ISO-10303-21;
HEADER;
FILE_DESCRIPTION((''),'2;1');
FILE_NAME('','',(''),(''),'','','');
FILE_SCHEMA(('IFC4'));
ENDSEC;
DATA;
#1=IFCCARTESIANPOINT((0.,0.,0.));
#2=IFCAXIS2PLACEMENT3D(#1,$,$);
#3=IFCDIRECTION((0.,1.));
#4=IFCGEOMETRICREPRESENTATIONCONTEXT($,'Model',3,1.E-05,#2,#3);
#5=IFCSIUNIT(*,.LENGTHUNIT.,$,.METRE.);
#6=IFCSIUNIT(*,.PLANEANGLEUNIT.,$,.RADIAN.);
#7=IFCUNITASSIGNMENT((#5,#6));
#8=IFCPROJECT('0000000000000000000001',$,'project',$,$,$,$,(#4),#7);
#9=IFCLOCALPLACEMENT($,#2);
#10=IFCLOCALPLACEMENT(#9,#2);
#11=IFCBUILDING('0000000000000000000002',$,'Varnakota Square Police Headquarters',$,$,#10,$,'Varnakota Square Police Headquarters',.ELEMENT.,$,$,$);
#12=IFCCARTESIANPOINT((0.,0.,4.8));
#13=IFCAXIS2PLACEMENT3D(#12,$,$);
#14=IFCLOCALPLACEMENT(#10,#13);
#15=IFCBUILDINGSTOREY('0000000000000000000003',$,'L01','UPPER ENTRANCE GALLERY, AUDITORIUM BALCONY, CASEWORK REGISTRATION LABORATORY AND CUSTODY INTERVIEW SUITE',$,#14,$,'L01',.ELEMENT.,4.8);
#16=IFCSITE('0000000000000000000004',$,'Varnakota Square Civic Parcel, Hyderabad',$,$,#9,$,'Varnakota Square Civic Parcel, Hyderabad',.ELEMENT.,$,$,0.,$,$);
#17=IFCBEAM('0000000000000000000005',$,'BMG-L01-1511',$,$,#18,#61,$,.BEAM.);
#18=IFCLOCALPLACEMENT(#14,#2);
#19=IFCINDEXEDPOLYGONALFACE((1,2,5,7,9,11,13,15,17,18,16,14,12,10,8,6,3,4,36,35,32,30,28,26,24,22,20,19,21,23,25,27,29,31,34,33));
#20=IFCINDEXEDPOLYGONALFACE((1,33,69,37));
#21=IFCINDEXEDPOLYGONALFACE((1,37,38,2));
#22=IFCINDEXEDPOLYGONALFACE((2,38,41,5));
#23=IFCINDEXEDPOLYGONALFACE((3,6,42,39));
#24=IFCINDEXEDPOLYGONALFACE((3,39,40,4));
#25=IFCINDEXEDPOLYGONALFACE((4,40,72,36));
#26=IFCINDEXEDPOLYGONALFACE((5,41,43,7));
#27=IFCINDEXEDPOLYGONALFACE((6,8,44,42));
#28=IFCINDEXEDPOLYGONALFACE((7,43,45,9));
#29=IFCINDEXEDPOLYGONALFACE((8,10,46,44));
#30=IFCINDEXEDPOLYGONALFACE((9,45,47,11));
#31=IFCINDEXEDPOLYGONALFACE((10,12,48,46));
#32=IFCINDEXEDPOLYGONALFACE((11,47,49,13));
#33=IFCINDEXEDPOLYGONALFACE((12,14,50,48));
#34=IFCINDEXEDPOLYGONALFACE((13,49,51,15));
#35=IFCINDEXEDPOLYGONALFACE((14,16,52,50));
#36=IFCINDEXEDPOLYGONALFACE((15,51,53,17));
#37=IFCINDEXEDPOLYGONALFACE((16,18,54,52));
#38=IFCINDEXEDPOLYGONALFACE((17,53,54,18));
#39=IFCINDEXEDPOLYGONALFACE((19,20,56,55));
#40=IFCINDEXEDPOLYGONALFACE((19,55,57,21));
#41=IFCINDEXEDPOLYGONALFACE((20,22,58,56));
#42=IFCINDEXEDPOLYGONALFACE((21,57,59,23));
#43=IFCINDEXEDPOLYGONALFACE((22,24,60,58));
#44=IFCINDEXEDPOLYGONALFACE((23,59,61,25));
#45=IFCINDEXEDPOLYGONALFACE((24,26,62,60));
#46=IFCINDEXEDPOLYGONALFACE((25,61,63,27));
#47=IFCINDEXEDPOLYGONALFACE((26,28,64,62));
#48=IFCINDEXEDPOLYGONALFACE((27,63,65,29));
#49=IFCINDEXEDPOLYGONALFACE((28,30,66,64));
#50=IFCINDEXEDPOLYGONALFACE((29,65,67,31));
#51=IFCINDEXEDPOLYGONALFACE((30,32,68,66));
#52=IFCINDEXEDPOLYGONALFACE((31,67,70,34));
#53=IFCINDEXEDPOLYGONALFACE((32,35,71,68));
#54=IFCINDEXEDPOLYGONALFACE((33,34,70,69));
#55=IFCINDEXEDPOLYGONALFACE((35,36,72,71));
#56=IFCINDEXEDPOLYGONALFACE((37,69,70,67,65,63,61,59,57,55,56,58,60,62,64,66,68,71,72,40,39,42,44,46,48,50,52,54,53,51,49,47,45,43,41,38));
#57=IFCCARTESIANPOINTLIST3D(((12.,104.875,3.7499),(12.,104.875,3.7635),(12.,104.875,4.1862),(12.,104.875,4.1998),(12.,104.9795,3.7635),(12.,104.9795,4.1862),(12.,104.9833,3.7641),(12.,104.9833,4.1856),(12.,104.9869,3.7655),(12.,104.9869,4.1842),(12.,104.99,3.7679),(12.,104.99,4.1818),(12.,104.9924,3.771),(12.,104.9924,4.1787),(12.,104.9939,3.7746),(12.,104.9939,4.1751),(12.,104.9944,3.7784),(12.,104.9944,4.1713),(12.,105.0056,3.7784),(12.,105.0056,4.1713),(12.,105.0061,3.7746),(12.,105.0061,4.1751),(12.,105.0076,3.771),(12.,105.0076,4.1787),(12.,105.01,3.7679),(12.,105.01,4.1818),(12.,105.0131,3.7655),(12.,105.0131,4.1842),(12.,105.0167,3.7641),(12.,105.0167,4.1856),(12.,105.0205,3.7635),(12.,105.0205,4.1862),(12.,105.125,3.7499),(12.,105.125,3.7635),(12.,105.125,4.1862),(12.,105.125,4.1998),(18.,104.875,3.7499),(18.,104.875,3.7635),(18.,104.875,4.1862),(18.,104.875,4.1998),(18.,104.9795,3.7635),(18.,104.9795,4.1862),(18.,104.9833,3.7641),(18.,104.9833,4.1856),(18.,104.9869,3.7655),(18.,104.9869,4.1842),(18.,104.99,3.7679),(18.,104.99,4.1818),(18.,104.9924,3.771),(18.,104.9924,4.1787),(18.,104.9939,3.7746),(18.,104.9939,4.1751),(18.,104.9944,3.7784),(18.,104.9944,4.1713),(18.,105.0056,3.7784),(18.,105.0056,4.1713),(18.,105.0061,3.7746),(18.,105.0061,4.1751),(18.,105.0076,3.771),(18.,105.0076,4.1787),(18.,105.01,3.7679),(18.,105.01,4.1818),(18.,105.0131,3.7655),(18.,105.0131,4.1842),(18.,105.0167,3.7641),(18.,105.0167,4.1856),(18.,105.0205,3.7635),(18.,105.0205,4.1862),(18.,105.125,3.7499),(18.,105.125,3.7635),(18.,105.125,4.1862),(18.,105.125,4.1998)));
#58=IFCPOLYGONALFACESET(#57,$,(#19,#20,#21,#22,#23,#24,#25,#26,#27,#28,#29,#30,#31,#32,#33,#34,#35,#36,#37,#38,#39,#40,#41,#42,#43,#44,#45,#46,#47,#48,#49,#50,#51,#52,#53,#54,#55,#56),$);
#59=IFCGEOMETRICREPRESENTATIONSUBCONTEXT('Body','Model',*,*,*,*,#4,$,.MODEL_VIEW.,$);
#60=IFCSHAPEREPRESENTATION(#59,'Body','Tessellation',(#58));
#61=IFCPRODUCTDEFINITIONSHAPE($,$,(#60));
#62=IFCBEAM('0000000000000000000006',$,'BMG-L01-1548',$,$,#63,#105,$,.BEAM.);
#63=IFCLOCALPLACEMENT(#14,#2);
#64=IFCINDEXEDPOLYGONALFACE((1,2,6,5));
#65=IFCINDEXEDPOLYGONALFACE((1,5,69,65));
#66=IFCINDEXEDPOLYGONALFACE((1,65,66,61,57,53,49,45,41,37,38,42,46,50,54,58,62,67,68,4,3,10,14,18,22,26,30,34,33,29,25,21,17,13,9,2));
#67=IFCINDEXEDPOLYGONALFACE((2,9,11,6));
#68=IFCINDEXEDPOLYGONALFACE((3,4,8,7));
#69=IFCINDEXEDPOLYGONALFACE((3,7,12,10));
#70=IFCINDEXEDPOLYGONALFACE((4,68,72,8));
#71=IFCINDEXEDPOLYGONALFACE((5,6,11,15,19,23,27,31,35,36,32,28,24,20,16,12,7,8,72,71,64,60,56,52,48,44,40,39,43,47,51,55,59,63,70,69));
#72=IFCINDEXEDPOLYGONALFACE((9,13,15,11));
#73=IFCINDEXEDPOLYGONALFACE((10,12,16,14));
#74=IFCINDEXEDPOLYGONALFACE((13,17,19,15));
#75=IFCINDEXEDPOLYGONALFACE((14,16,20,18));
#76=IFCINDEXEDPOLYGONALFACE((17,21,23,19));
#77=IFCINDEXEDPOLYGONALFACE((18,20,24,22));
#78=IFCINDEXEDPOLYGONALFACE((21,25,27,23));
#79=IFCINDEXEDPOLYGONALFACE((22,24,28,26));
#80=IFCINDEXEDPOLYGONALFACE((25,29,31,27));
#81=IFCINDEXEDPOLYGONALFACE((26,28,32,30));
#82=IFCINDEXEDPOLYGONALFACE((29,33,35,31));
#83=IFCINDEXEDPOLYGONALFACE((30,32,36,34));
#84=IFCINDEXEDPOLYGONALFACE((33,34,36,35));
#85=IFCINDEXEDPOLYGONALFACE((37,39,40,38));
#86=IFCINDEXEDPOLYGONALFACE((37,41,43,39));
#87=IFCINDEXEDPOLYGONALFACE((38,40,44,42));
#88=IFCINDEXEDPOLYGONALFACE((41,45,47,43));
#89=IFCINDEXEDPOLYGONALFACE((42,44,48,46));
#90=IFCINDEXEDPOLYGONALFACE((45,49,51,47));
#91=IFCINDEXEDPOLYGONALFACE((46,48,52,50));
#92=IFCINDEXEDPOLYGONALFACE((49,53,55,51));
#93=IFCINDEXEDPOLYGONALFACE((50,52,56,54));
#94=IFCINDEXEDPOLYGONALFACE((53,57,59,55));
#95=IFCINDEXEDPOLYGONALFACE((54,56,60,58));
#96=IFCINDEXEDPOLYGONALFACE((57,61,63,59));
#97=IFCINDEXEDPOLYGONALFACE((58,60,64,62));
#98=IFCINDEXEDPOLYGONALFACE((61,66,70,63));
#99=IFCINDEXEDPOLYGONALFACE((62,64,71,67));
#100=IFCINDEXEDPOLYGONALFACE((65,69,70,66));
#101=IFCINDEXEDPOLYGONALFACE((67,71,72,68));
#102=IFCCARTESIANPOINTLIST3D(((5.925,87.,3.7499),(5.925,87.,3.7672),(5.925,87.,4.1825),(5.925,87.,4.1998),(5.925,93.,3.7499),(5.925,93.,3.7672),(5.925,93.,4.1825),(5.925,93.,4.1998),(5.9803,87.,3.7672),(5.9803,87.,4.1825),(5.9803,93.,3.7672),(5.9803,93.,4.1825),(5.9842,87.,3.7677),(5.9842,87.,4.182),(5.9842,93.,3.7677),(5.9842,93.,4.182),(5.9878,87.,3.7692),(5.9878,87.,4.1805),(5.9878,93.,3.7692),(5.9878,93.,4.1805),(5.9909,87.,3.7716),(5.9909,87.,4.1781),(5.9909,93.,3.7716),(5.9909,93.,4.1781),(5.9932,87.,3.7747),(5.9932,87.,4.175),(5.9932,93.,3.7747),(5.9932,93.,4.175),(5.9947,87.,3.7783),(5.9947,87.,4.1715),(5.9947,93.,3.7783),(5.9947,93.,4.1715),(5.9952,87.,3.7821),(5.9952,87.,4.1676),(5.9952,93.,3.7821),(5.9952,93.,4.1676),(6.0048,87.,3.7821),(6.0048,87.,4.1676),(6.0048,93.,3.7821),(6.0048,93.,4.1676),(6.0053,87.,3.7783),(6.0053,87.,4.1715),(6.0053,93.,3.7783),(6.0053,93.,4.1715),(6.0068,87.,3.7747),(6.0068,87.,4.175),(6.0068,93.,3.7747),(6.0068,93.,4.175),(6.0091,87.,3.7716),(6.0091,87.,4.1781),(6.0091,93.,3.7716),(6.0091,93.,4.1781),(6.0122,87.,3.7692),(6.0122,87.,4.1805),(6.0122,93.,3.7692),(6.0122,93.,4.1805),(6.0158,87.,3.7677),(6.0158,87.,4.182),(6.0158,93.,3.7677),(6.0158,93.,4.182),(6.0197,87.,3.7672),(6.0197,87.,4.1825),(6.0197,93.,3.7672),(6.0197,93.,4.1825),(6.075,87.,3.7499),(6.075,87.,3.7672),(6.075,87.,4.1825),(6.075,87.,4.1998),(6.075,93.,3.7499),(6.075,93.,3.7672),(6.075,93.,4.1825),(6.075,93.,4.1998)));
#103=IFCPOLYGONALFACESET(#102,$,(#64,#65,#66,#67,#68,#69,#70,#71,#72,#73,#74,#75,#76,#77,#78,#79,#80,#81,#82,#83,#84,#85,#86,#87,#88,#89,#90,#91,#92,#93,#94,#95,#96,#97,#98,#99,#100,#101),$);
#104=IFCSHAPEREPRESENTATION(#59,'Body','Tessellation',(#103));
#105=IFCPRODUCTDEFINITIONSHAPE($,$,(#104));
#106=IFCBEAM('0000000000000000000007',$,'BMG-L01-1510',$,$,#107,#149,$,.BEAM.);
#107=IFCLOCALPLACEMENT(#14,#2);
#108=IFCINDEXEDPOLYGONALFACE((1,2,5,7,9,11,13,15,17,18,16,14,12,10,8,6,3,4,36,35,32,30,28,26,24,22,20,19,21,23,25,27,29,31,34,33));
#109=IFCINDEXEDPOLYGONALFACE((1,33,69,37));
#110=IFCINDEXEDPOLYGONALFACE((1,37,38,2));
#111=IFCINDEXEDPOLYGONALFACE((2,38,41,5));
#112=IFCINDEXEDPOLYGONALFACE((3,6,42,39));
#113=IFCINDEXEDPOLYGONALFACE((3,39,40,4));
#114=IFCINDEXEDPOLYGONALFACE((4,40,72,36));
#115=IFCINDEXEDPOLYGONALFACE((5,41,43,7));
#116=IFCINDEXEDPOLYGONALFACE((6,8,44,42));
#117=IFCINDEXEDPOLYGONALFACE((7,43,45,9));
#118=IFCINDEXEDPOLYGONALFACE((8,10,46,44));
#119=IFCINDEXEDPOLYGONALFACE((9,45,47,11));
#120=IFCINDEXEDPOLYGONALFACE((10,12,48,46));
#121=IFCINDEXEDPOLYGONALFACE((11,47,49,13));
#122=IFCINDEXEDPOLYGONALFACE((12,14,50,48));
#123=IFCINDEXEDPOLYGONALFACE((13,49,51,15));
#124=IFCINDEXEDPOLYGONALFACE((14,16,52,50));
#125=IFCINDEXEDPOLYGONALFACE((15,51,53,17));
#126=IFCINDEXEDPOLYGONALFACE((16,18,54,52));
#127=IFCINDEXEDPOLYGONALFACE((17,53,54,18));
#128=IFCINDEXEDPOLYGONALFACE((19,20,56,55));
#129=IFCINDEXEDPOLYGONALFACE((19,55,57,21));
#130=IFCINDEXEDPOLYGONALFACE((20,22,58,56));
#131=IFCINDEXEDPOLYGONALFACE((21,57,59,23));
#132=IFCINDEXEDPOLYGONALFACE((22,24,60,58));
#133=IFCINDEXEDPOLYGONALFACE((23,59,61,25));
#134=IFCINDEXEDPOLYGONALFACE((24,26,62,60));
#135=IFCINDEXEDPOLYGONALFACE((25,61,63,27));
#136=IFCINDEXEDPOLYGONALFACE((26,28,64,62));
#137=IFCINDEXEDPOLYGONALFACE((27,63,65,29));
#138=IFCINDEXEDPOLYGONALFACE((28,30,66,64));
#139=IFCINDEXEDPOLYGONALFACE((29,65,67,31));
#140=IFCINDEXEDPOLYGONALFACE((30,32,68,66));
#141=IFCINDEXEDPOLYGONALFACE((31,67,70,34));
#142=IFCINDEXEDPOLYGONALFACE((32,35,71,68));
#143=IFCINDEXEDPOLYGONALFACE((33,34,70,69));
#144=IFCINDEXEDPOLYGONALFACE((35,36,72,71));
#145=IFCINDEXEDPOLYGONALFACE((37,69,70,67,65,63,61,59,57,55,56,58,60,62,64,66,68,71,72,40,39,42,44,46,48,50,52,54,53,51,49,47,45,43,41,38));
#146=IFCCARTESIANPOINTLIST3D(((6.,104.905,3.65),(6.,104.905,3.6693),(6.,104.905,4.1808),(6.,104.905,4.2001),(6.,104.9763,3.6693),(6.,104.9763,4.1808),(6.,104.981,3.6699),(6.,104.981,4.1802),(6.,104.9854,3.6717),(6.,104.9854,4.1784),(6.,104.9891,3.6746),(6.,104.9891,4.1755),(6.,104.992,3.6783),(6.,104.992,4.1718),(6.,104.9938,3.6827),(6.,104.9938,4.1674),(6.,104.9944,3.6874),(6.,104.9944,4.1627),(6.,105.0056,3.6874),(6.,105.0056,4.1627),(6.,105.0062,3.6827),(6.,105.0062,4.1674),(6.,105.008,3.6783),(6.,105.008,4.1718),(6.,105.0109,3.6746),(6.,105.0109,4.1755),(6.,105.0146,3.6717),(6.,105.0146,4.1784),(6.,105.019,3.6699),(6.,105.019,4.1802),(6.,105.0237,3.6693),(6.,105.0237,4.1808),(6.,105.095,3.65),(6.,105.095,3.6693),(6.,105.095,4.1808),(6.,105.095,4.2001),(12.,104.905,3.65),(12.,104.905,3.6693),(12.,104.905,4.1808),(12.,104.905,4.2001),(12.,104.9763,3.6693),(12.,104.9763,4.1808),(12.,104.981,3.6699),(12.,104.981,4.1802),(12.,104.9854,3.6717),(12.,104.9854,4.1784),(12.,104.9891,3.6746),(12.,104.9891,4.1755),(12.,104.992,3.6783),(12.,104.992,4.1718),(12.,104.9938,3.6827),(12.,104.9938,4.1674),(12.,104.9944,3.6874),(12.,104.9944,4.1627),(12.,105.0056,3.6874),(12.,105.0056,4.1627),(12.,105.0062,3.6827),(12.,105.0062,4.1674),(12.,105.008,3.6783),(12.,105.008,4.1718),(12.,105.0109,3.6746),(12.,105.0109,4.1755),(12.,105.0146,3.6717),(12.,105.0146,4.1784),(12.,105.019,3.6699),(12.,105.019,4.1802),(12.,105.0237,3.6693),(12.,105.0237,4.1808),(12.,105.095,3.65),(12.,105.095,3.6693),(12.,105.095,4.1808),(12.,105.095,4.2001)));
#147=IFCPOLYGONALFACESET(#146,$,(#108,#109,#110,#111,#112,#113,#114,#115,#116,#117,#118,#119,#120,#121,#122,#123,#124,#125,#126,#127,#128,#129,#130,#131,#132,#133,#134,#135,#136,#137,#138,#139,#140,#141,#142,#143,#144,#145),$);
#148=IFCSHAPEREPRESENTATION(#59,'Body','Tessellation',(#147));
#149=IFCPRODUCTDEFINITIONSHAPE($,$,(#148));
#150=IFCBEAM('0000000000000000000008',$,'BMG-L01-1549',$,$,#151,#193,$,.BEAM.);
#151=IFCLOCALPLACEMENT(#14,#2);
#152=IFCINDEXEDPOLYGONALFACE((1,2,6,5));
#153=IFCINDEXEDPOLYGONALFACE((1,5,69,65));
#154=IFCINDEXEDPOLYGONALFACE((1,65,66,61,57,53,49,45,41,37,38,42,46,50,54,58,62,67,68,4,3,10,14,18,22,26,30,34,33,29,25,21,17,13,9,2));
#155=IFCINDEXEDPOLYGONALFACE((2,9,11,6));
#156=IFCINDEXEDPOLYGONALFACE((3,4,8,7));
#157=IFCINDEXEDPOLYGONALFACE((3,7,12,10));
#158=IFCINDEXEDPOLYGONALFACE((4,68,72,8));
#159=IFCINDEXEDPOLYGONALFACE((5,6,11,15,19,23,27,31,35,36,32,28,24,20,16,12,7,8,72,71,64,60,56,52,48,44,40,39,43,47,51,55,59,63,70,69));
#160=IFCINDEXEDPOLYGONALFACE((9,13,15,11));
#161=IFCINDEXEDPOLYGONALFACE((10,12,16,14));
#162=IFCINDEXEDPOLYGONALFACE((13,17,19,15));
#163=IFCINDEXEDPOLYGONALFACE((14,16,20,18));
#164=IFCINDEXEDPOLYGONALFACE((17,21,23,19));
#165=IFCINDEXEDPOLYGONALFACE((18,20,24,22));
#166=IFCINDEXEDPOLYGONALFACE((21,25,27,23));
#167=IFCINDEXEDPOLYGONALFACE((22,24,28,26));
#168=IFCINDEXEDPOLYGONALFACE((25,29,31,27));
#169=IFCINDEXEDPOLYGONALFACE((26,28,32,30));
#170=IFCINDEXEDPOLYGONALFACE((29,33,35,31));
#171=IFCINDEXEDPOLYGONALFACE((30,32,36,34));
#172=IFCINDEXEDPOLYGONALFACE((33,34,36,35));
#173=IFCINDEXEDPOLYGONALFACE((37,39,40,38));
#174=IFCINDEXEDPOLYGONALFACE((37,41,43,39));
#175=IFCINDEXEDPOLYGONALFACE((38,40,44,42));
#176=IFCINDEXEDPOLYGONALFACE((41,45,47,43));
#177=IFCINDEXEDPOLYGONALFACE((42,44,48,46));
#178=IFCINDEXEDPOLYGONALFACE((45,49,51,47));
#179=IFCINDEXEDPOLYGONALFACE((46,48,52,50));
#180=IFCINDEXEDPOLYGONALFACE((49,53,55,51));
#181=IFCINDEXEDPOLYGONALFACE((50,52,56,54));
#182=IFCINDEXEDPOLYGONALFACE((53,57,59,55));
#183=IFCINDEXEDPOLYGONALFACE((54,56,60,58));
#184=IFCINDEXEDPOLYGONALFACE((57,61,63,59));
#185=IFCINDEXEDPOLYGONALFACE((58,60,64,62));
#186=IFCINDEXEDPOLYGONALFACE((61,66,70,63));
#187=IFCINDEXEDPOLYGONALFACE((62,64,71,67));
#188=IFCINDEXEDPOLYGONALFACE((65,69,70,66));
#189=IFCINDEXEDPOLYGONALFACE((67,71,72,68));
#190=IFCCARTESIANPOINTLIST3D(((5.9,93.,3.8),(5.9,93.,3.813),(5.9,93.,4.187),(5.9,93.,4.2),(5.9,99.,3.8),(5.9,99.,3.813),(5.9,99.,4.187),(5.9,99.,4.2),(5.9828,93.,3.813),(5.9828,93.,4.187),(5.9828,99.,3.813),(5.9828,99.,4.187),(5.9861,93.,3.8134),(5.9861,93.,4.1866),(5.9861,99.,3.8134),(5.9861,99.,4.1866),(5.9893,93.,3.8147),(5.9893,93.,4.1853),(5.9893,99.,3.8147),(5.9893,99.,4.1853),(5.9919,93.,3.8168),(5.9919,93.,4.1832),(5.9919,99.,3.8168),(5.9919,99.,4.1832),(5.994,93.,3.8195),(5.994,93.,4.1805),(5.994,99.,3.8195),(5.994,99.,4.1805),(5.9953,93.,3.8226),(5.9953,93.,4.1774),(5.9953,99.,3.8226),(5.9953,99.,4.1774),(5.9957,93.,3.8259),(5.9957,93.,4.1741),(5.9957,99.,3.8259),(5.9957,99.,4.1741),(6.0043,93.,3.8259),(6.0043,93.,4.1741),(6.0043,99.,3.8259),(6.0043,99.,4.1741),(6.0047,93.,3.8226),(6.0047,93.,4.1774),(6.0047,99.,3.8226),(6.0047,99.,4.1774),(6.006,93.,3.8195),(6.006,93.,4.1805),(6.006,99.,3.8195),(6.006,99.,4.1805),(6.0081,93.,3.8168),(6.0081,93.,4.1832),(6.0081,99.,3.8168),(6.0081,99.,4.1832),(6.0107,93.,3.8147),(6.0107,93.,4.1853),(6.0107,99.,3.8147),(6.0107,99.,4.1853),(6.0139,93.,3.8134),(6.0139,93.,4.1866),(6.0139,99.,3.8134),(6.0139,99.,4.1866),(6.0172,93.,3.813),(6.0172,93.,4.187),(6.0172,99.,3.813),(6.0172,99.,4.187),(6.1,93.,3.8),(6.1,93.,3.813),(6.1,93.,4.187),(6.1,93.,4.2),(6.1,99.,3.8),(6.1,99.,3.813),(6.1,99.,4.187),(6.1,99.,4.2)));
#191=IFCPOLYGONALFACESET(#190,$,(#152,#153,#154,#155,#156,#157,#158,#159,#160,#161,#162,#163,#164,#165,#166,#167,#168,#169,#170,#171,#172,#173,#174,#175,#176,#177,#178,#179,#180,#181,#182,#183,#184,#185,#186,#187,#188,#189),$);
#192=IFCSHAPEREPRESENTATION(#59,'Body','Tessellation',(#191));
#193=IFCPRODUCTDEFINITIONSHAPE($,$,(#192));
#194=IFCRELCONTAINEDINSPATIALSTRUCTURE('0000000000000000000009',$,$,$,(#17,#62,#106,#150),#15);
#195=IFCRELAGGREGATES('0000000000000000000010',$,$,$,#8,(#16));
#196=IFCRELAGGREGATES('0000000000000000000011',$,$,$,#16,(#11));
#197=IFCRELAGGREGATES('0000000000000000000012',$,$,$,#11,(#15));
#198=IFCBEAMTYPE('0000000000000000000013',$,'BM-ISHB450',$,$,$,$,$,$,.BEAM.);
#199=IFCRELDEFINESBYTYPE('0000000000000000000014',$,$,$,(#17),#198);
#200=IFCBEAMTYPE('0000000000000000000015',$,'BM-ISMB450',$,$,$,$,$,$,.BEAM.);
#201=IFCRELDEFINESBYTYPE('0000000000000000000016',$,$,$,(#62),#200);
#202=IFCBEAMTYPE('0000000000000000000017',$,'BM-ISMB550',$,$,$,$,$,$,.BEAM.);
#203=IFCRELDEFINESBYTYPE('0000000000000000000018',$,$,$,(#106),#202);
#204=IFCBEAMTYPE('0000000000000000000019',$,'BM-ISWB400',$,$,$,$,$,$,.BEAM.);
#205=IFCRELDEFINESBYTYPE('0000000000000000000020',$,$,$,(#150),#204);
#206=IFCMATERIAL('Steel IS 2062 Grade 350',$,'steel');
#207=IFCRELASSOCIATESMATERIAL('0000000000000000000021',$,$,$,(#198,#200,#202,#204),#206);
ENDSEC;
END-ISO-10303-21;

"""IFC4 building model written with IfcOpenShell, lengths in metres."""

from ifc_helpers import new_model, si_unit, direction, frame, origin, origin_2d, place, context, subcontext, project, spatial, i_section, extrude, material, material_profile, profile_set, type_object, element, save


model = new_model("IFC4")

# Units and contexts
model_context = context("Model", 3, precision=1e-05, world=origin(), true_north=direction((0.0, 1.0)))
body_context = subcontext(model_context, "Body", "Model", "MODEL_VIEW")
ifc_project = project(units=[si_unit("LENGTHUNIT", "METRE"), si_unit("PLANEANGLEUNIT", "RADIAN")], contexts=[model_context])

# Site, building, storey
site_placement = place(None, origin())
site = spatial("IfcSite", under=ifc_project, at=site_placement, Name="Varnakota Square Civic Parcel, Hyderabad", LongName="Varnakota Square Civic Parcel, Hyderabad", CompositionType="ELEMENT", RefElevation=0.0)
building_placement = place(site_placement, origin())
building = spatial("IfcBuilding", under=site, at=building_placement, Name="Varnakota Square Police Headquarters", LongName="Varnakota Square Police Headquarters", CompositionType="ELEMENT")
storey_placement = place(building_placement, frame((0.0, 0.0, 4.8)))
storey = spatial("IfcBuildingStorey", under=building, at=storey_placement, Name="L01", Description="UPPER ENTRANCE GALLERY, AUDITORIUM BALCONY, CASEWORK REGISTRATION LABORATORY AND CUSTODY INTERVIEW SUITE", LongName="L01", CompositionType="ELEMENT", Elevation=4.8)

# Shared definitions
ifc_material_1 = material(Name="Steel IS 2062 Grade 350", Category="steel")

# Beams
ifc_material_profile_1 = material_profile(ifc_material_1, i_section(OverallWidth=0.25, OverallDepth=0.45, WebThickness=0.0112, FlangeThickness=0.0137, FilletRadius=0.0149, at=origin_2d()), Name="ISHB 450")
ifc_profile_set_1 = profile_set([ifc_material_profile_1], Name="Steel IS 2062 Grade 350")
beam_type_1 = type_object("IfcBeamType", Name="BM-ISHB450", PredefinedType="BEAM", material=ifc_profile_set_1)
beam_1_placement = place(storey_placement, frame((12.0, 105.0, 3.9749), z_axis=(1.0, 0.0, 0.0), x_axis=(0.0, 1.0, 0.0)))
element("IfcBeam", 1, at=beam_1_placement, inside=storey, type_object=beam_type_1, Name="BMG-L01-1511", PredefinedType="BEAM", context=body_context, shape_type="SweptSolid", body=[
    extrude(i_section(OverallWidth=0.25, OverallDepth=0.45, WebThickness=0.0112, FlangeThickness=0.0137, FilletRadius=0.0149, at=origin_2d()), origin(), (0.0, 0.0, 1.0), 6.0),
])
ifc_material_profile_2 = material_profile(ifc_material_1, i_section(OverallWidth=0.1499, OverallDepth=0.45, WebThickness=0.0095, FlangeThickness=0.0173, FilletRadius=0.0149, at=origin_2d()), Name="ISMB 450")
ifc_profile_set_2 = profile_set([ifc_material_profile_2], Name="Steel IS 2062 Grade 350")
beam_type_2 = type_object("IfcBeamType", Name="BM-ISMB450", PredefinedType="BEAM", material=ifc_profile_set_2)
beam_2_placement = place(storey_placement, frame((6.0, 87.0, 3.9749), z_axis=(0.0, 1.0, 0.0), x_axis=(-1.0, 0.0, 0.0)))
element("IfcBeam", 2, at=beam_2_placement, inside=storey, type_object=beam_type_2, Name="BMG-L01-1548", PredefinedType="BEAM", context=body_context, shape_type="SweptSolid", body=[
    extrude(i_section(OverallWidth=0.1499, OverallDepth=0.45, WebThickness=0.0095, FlangeThickness=0.0173, FilletRadius=0.0149, at=origin_2d()), origin(), (0.0, 0.0, 1.0), 6.0),
])
ifc_material_profile_3 = material_profile(ifc_material_1, i_section(OverallWidth=0.1899, OverallDepth=0.55, WebThickness=0.0112, FlangeThickness=0.0193, FilletRadius=0.0181, at=origin_2d()), Name="ISMB 550")
ifc_profile_set_3 = profile_set([ifc_material_profile_3], Name="Steel IS 2062 Grade 350")
beam_type_3 = type_object("IfcBeamType", Name="BM-ISMB550", PredefinedType="BEAM", material=ifc_profile_set_3)
beam_3_placement = place(storey_placement, frame((6.0, 105.0, 3.925), z_axis=(1.0, 0.0, 0.0), x_axis=(0.0, 1.0, 0.0)))
element("IfcBeam", 3, at=beam_3_placement, inside=storey, type_object=beam_type_3, Name="BMG-L01-1510", PredefinedType="BEAM", context=body_context, shape_type="SweptSolid", body=[
    extrude(i_section(OverallWidth=0.1899, OverallDepth=0.55, WebThickness=0.0112, FlangeThickness=0.0193, FilletRadius=0.0181, at=origin_2d()), origin(), (0.0, 0.0, 1.0), 6.0),
])
ifc_material_profile_4 = material_profile(ifc_material_1, i_section(OverallWidth=0.2, OverallDepth=0.3999, WebThickness=0.0085, FlangeThickness=0.0129, FilletRadius=0.0129, at=origin_2d()), Name="ISWB 400")
ifc_profile_set_4 = profile_set([ifc_material_profile_4], Name="Steel IS 2062 Grade 350")
beam_type_4 = type_object("IfcBeamType", Name="BM-ISWB400", PredefinedType="BEAM", material=ifc_profile_set_4)
beam_4_placement = place(storey_placement, frame((6.0, 93.0, 4.0), z_axis=(0.0, 1.0, 0.0), x_axis=(-1.0, 0.0, 0.0)))
element("IfcBeam", 4, at=beam_4_placement, inside=storey, type_object=beam_type_4, Name="BMG-L01-1549", PredefinedType="BEAM", context=body_context, shape_type="SweptSolid", body=[
    extrude(i_section(OverallWidth=0.2, OverallDepth=0.3999, WebThickness=0.0085, FlangeThickness=0.0129, FilletRadius=0.0129, at=origin_2d()), origin(), (0.0, 0.0, 1.0), 6.0),
])

save(model, "model.ifc")
